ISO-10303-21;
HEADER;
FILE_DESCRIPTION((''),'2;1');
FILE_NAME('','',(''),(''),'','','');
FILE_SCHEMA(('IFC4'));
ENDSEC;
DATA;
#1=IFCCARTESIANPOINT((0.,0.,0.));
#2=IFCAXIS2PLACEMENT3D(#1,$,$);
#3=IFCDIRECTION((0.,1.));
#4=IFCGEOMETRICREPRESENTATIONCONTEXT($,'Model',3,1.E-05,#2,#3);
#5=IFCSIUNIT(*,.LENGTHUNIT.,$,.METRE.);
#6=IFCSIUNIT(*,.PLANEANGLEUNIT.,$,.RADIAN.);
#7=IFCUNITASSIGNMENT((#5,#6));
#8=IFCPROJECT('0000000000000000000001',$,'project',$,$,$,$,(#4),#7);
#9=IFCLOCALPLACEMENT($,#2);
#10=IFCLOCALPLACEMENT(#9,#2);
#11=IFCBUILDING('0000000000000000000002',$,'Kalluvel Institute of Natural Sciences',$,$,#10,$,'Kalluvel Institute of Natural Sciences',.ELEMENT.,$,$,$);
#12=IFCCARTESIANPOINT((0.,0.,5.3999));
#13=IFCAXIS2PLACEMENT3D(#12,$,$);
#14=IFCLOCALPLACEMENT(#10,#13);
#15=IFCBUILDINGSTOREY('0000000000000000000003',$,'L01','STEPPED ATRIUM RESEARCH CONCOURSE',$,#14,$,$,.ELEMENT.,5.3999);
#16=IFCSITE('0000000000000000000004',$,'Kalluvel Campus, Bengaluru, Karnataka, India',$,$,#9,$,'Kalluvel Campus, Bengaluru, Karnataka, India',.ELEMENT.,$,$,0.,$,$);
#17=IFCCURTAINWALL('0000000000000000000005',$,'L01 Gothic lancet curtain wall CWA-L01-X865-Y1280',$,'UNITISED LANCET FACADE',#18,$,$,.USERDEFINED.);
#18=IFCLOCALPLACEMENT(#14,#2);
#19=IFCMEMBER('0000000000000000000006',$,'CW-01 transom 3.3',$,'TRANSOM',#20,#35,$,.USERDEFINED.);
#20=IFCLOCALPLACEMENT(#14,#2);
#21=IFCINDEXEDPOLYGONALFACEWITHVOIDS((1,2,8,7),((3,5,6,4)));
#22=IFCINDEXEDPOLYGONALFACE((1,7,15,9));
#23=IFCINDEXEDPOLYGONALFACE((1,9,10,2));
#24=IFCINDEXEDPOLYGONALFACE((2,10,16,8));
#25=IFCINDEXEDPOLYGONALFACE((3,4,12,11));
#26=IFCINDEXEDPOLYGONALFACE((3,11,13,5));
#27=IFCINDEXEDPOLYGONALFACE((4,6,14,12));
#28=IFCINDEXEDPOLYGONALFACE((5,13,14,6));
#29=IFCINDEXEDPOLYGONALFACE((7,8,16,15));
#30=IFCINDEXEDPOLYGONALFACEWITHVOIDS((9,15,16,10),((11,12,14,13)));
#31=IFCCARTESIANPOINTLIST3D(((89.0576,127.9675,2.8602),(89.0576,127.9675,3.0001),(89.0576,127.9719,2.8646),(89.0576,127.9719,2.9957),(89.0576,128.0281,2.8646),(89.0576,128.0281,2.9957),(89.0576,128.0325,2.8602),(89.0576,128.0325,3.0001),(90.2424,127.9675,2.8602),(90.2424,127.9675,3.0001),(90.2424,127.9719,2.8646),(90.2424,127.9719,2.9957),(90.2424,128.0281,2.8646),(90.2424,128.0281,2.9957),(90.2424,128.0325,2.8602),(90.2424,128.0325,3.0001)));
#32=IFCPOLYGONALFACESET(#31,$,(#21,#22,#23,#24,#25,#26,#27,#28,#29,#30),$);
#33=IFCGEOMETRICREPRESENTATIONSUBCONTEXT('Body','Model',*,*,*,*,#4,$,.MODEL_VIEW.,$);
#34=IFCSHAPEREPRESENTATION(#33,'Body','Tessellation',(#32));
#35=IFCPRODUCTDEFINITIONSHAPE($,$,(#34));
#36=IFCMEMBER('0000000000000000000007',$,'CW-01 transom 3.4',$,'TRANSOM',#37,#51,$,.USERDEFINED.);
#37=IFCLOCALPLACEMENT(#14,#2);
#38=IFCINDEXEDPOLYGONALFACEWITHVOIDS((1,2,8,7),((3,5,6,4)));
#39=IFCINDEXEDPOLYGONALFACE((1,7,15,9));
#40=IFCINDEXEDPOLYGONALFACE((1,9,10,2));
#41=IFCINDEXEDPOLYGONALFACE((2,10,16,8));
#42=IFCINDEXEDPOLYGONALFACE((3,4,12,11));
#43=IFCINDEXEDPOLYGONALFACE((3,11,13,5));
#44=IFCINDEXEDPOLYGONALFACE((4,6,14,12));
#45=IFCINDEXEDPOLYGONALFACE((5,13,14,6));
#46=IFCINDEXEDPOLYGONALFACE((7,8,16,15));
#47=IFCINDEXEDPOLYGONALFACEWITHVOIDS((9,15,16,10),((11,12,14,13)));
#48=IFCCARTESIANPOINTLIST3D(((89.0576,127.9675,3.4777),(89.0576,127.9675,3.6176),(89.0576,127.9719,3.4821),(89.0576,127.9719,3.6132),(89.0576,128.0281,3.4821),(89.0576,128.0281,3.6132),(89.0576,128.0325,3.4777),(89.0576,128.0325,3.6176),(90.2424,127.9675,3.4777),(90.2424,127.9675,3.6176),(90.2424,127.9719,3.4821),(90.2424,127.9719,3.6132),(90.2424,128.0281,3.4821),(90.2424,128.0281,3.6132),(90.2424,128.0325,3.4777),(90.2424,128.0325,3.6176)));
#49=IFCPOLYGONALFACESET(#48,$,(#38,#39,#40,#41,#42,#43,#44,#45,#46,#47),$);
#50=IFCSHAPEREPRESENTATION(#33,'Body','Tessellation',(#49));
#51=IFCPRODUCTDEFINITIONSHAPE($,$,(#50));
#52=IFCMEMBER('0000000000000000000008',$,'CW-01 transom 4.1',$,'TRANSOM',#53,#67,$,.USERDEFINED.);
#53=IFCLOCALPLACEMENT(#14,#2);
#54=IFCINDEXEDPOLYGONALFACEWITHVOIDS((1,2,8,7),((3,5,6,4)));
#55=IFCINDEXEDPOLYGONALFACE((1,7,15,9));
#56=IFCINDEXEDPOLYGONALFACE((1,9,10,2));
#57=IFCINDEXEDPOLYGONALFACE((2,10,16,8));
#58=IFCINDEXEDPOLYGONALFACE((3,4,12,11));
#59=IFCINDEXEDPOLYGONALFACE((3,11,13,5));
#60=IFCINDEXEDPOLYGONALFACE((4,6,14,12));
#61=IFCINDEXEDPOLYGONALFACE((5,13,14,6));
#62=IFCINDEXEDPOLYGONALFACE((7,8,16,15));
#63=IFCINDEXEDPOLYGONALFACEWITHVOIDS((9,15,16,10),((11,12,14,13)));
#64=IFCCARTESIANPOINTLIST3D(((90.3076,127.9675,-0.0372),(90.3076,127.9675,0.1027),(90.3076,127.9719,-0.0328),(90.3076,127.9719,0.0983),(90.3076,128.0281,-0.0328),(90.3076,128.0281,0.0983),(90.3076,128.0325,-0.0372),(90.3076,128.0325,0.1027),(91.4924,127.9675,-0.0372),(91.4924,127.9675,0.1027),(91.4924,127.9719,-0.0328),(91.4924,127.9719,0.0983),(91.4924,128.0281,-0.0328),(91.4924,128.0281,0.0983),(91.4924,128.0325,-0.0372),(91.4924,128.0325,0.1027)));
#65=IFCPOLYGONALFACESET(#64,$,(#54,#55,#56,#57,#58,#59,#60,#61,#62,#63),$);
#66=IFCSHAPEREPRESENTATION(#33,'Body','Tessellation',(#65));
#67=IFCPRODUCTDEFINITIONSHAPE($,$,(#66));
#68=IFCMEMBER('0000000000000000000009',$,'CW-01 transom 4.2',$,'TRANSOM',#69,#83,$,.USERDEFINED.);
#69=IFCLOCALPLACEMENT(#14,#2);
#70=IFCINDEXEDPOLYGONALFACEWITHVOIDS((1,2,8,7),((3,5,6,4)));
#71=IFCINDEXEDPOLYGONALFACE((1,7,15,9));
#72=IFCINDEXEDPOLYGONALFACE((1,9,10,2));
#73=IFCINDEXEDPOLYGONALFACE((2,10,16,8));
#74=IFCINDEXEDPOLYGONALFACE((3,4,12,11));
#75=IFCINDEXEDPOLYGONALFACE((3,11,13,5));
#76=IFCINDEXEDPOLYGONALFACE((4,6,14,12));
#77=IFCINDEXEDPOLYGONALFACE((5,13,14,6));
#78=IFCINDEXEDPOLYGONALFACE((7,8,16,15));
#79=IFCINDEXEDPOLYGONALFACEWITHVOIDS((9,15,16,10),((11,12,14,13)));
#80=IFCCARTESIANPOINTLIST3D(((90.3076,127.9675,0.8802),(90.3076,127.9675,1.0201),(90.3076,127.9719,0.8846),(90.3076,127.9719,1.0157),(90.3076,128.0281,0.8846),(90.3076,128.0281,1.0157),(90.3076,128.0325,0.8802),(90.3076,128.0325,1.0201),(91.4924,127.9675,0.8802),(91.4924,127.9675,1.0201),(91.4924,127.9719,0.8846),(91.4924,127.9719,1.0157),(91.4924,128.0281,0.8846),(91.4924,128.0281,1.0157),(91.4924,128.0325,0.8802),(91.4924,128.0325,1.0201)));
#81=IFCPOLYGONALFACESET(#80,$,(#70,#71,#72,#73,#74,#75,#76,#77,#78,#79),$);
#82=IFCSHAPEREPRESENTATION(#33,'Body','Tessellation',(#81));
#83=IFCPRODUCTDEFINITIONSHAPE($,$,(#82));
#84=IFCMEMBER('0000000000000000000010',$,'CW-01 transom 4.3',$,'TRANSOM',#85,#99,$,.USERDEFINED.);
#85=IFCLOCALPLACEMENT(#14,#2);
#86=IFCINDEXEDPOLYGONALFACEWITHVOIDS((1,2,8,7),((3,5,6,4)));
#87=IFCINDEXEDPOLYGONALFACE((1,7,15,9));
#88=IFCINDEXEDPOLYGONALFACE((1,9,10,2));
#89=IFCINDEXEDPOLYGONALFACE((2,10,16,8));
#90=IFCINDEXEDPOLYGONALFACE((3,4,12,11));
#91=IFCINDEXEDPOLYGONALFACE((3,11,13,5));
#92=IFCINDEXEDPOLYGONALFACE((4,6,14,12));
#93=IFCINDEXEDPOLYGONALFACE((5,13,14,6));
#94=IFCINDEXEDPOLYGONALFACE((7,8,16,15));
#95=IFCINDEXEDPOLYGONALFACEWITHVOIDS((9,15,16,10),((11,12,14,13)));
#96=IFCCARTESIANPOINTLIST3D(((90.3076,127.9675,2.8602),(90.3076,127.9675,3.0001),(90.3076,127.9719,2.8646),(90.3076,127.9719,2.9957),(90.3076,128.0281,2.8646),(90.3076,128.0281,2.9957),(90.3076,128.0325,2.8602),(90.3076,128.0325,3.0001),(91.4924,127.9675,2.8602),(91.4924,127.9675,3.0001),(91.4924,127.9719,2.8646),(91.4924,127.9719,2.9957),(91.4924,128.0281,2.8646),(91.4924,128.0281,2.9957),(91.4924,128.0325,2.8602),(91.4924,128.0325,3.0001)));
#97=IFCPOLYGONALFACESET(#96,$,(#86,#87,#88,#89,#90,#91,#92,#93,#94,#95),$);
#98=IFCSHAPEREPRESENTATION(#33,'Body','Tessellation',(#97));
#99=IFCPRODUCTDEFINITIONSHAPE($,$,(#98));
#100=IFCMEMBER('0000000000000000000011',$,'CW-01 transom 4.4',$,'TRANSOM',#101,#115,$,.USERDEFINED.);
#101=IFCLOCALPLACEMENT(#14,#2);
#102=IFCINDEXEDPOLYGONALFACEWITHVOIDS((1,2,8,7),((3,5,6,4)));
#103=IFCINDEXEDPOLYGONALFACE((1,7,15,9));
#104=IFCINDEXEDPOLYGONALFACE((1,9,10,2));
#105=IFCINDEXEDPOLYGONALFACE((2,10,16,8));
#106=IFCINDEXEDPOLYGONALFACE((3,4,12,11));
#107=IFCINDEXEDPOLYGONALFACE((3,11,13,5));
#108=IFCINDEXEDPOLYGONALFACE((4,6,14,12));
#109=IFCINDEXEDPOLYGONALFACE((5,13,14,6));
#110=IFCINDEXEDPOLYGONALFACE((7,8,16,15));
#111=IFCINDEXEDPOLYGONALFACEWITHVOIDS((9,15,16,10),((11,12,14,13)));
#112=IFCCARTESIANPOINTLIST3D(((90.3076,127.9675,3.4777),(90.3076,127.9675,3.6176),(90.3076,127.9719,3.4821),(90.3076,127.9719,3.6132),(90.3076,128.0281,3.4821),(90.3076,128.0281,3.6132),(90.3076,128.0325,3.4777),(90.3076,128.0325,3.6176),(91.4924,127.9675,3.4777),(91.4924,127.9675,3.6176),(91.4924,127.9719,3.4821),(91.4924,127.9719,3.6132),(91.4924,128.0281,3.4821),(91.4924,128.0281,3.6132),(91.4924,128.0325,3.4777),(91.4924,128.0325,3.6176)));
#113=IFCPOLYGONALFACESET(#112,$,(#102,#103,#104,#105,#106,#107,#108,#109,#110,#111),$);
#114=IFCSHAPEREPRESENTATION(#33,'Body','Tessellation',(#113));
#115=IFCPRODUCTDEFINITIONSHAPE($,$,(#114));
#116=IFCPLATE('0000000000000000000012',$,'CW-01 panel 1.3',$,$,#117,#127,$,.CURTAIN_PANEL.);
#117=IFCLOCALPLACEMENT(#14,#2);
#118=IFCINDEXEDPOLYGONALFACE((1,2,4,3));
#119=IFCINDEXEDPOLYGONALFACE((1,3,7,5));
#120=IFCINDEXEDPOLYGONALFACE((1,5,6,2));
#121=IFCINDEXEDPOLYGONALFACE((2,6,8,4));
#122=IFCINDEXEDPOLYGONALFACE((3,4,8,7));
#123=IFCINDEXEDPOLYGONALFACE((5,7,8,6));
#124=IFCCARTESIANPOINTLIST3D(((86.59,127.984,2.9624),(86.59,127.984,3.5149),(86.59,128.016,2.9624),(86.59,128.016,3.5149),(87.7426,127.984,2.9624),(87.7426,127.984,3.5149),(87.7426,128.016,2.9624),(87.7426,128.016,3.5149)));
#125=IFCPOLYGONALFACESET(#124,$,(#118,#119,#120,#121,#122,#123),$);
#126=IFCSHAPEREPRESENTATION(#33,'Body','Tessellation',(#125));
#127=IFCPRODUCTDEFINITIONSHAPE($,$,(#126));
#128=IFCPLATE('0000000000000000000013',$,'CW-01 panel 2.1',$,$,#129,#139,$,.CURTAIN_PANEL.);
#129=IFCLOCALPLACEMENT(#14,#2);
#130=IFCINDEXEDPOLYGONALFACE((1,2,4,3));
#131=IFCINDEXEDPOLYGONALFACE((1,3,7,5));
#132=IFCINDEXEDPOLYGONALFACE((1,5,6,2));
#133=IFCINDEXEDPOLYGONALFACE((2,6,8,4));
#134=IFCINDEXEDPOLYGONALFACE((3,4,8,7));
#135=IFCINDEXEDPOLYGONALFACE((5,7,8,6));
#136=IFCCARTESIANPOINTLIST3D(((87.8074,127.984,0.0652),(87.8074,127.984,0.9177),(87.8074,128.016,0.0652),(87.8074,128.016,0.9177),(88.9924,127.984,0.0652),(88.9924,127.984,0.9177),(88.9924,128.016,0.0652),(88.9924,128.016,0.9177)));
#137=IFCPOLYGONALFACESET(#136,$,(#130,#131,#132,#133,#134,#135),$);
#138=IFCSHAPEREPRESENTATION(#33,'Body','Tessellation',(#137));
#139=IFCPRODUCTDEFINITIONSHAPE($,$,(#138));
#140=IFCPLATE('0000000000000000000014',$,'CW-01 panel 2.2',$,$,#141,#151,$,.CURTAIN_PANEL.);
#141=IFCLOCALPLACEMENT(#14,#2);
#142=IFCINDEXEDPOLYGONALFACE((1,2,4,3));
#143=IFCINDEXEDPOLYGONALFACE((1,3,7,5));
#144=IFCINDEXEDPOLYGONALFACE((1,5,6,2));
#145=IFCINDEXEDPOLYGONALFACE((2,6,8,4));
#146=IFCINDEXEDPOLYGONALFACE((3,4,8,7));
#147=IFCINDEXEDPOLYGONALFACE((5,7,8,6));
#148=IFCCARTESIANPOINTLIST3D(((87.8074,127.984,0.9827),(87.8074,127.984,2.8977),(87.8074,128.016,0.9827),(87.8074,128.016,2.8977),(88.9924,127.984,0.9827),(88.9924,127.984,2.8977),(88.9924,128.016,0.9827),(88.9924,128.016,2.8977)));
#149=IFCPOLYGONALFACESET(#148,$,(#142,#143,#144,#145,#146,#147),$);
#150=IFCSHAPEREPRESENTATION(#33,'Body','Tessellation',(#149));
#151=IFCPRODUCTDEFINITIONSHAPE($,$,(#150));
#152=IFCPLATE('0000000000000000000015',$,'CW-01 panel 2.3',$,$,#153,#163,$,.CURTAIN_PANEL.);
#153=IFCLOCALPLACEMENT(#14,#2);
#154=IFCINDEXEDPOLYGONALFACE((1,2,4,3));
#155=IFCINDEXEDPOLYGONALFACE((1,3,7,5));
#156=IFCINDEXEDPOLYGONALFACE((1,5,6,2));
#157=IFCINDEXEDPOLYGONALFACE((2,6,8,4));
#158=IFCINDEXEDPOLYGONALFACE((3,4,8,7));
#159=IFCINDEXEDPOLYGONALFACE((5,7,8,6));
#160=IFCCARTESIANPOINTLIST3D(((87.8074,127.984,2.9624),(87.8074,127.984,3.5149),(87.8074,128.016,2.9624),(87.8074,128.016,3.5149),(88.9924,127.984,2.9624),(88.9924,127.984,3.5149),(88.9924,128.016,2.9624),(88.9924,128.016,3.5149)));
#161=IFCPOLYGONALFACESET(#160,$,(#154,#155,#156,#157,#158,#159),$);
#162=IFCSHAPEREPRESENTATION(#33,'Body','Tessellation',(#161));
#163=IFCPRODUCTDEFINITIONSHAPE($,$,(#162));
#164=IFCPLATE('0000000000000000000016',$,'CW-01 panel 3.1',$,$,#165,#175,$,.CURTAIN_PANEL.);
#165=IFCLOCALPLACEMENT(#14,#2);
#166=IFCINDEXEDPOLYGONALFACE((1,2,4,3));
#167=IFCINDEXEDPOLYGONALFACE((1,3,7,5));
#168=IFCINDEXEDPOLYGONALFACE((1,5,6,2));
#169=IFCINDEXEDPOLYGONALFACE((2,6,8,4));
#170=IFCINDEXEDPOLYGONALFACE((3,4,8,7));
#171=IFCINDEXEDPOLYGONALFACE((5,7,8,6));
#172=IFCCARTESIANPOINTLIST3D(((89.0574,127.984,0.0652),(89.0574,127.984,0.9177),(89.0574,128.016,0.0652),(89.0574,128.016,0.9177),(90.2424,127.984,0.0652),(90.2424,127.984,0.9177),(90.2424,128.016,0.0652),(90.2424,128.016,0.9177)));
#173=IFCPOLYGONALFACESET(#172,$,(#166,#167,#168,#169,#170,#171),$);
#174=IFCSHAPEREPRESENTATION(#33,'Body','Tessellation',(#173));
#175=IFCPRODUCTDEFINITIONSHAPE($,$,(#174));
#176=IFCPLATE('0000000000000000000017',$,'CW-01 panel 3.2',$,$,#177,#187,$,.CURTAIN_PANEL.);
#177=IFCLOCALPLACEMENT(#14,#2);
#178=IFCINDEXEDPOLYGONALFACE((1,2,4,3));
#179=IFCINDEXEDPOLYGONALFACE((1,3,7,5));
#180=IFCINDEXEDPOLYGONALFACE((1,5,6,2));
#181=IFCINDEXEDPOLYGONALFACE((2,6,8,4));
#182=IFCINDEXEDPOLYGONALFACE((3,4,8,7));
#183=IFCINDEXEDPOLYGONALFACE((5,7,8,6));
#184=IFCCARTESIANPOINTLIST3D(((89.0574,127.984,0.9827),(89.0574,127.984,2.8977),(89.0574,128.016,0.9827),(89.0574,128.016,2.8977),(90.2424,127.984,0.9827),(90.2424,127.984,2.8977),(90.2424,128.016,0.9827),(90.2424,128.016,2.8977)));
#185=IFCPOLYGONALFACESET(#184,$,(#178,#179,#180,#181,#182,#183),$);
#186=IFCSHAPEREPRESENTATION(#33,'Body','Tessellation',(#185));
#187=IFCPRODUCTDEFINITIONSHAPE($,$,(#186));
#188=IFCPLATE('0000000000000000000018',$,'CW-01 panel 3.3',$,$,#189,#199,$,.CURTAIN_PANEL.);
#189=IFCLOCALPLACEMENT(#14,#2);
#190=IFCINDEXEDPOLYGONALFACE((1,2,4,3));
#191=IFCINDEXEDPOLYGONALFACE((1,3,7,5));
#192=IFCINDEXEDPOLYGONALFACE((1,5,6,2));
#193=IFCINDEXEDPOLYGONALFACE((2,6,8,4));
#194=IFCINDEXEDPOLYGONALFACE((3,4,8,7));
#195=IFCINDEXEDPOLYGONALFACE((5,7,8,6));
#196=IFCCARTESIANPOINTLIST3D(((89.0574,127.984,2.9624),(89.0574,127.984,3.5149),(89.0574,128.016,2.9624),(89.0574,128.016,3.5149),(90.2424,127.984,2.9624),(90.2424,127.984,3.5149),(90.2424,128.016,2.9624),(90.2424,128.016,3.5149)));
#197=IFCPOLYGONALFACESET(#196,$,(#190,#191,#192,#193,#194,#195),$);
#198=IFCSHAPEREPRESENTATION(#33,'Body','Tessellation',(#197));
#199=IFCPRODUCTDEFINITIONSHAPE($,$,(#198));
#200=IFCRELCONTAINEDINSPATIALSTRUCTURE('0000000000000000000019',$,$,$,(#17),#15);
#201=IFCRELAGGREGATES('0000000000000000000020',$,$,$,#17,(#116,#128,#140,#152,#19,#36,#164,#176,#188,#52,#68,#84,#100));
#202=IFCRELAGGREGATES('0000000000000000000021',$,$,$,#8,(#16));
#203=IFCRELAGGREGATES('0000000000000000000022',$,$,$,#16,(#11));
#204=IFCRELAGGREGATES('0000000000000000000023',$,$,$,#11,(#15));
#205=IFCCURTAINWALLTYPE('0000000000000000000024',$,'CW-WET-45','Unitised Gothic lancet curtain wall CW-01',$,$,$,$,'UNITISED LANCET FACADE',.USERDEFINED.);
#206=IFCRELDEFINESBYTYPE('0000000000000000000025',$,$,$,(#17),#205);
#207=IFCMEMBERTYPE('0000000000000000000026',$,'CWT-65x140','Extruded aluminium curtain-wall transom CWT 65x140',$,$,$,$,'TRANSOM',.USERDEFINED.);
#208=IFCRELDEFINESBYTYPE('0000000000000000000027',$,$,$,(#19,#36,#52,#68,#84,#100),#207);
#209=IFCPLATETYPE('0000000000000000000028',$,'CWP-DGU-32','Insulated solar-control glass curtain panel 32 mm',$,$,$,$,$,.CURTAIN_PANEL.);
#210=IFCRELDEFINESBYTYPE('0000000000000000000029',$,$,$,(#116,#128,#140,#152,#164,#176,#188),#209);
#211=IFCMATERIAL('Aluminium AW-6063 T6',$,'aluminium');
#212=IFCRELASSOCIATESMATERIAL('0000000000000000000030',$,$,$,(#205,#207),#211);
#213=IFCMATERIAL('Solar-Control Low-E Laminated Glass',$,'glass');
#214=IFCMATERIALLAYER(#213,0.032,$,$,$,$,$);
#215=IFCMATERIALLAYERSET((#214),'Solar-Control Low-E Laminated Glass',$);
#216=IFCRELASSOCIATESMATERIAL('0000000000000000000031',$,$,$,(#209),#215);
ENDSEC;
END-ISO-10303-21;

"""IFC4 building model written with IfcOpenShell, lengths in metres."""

from ifc_helpers import new_model, si_unit, direction, frame, origin, origin_2d, place, context, subcontext, project, spatial, rectangle, hollow_rectangle, extrude, material, layer, layer_set, material_profile, profile_set, type_object, element, aggregate, save


model = new_model("IFC4")

# Units and contexts
model_context = context("Model", 3, precision=1e-05, world=origin(), true_north=direction((0.0, 1.0)))
body_context = subcontext(model_context, "Body", "Model", "MODEL_VIEW")
ifc_project = project(units=[si_unit("LENGTHUNIT", "METRE"), si_unit("PLANEANGLEUNIT", "RADIAN")], contexts=[model_context])

# Site, building, storey
site_placement = place(None, origin())
site = spatial("IfcSite", under=ifc_project, at=site_placement, Name="Kalluvel Campus, Bengaluru, Karnataka, India", LongName="Kalluvel Campus, Bengaluru, Karnataka, India", CompositionType="ELEMENT", RefElevation=0.0)
building_placement = place(site_placement, origin())
building = spatial("IfcBuilding", under=site, at=building_placement, Name="Kalluvel Institute of Natural Sciences", LongName="Kalluvel Institute of Natural Sciences", CompositionType="ELEMENT")
storey_placement = place(building_placement, frame((0.0, 0.0, 5.3999)))
storey = spatial("IfcBuildingStorey", under=building, at=storey_placement, Name="L01", Description="STEPPED ATRIUM RESEARCH CONCOURSE", CompositionType="ELEMENT", Elevation=5.3999)

# Curtain wall, members, plates
ifc_material_1 = material(Name="Aluminium AW-6063 T6", Category="aluminium")
curtain_wall_type = type_object("IfcCurtainWallType", Name="CW-WET-45", Description="Unitised Gothic lancet curtain wall CW-01", ElementType="UNITISED LANCET FACADE", PredefinedType="USERDEFINED", material=ifc_material_1)
curtain_wall_placement = place(storey_placement, origin())
curtain_wall = element("IfcCurtainWall", 1, at=curtain_wall_placement, inside=storey, type_object=curtain_wall_type, Name="L01 Gothic lancet curtain wall CWA-L01-X865-Y1280", ObjectType="UNITISED LANCET FACADE", PredefinedType="USERDEFINED")
ifc_material_profile_1 = material_profile(ifc_material_1, hollow_rectangle(XDim=0.0649, YDim=0.1399, WallThickness=0.0044, at=origin_2d()), Name="CWT 65x140")
ifc_profile_set_1 = profile_set([ifc_material_profile_1], Name="Aluminium AW-6063 T6")
member_type_1 = type_object("IfcMemberType", Name="CWT-65x140", Description="Extruded aluminium curtain-wall transom CWT 65x140", ElementType="TRANSOM", PredefinedType="USERDEFINED", material=ifc_profile_set_1)
member_1_placement = place(storey_placement, frame((89.0576, 128.0, 2.9302), z_axis=(1.0, 0.0, 0.0), x_axis=(0.0, 1.0, 0.0)))
member_1 = element("IfcMember", 2, at=member_1_placement, type_object=member_type_1, Name="CW-01 transom 3.3", ObjectType="TRANSOM", PredefinedType="USERDEFINED", context=body_context, shape_type="SweptSolid", body=[
    extrude(hollow_rectangle(XDim=0.0649, YDim=0.1399, WallThickness=0.0044, at=origin_2d()), origin(), (0.0, 0.0, 1.0), 1.1848),
])
member_2_placement = place(storey_placement, frame((89.0576, 128.0, 3.5476), z_axis=(1.0, 0.0, 0.0), x_axis=(0.0, 1.0, 0.0)))
member_2 = element("IfcMember", 3, at=member_2_placement, type_object=member_type_1, Name="CW-01 transom 3.4", ObjectType="TRANSOM", PredefinedType="USERDEFINED", context=body_context, shape_type="SweptSolid", body=[
    extrude(hollow_rectangle(XDim=0.0649, YDim=0.1399, WallThickness=0.0044, at=origin_2d()), origin(), (0.0, 0.0, 1.0), 1.1848),
])
member_3_placement = place(storey_placement, frame((90.3076, 128.0, 0.0327), z_axis=(1.0, 0.0, 0.0), x_axis=(0.0, 1.0, 0.0)))
member_3 = element("IfcMember", 4, at=member_3_placement, type_object=member_type_1, Name="CW-01 transom 4.1", ObjectType="TRANSOM", PredefinedType="USERDEFINED", context=body_context, shape_type="SweptSolid", body=[
    extrude(hollow_rectangle(XDim=0.0649, YDim=0.1399, WallThickness=0.0044, at=origin_2d()), origin(), (0.0, 0.0, 1.0), 1.1848),
])
member_4_placement = place(storey_placement, frame((90.3076, 128.0, 0.9502), z_axis=(1.0, 0.0, 0.0), x_axis=(0.0, 1.0, 0.0)))
member_4 = element("IfcMember", 5, at=member_4_placement, type_object=member_type_1, Name="CW-01 transom 4.2", ObjectType="TRANSOM", PredefinedType="USERDEFINED", context=body_context, shape_type="SweptSolid", body=[
    extrude(hollow_rectangle(XDim=0.0649, YDim=0.1399, WallThickness=0.0044, at=origin_2d()), origin(), (0.0, 0.0, 1.0), 1.1848),
])
member_5_placement = place(storey_placement, frame((90.3076, 128.0, 2.9302), z_axis=(1.0, 0.0, 0.0), x_axis=(0.0, 1.0, 0.0)))
member_5 = element("IfcMember", 6, at=member_5_placement, type_object=member_type_1, Name="CW-01 transom 4.3", ObjectType="TRANSOM", PredefinedType="USERDEFINED", context=body_context, shape_type="SweptSolid", body=[
    extrude(hollow_rectangle(XDim=0.0649, YDim=0.1399, WallThickness=0.0044, at=origin_2d()), origin(), (0.0, 0.0, 1.0), 1.1848),
])
member_6_placement = place(storey_placement, frame((90.3076, 128.0, 3.5476), z_axis=(1.0, 0.0, 0.0), x_axis=(0.0, 1.0, 0.0)))
member_6 = element("IfcMember", 7, at=member_6_placement, type_object=member_type_1, Name="CW-01 transom 4.4", ObjectType="TRANSOM", PredefinedType="USERDEFINED", context=body_context, shape_type="SweptSolid", body=[
    extrude(hollow_rectangle(XDim=0.0649, YDim=0.1399, WallThickness=0.0044, at=origin_2d()), origin(), (0.0, 0.0, 1.0), 1.1848),
])
ifc_material_2 = material(Name="Solar-Control Low-E Laminated Glass", Category="glass")
ifc_layer = layer(ifc_material_2, 0.032)
ifc_layer_set = layer_set([ifc_layer], Name="Solar-Control Low-E Laminated Glass")
plate_type = type_object("IfcPlateType", Name="CWP-DGU-32", Description="Insulated solar-control glass curtain panel 32 mm", PredefinedType="CURTAIN_PANEL", material=ifc_layer_set)
plate_1_placement = place(storey_placement, frame((87.1663, 128.0, 2.9624), z_axis=(0.0, 0.0, 1.0), x_axis=(1.0, 0.0, 0.0)))
plate_1 = element("IfcPlate", 8, at=plate_1_placement, type_object=plate_type, Name="CW-01 panel 1.3", PredefinedType="CURTAIN_PANEL", context=body_context, shape_type="SweptSolid", body=[
    extrude(rectangle(XDim=1.1526, YDim=0.032, at=origin_2d()), origin(), (0.0, 0.0, 1.0), 0.5525),
])
plate_2_placement = place(storey_placement, frame((88.3999, 128.0, 0.0652), z_axis=(0.0, 0.0, 1.0), x_axis=(1.0, 0.0, 0.0)))
plate_2 = element("IfcPlate", 9, at=plate_2_placement, type_object=plate_type, Name="CW-01 panel 2.1", PredefinedType="CURTAIN_PANEL", context=body_context, shape_type="SweptSolid", body=[
    extrude(rectangle(XDim=1.1851, YDim=0.032, at=origin_2d()), origin(), (0.0, 0.0, 1.0), 0.8525),
])
plate_3_placement = place(storey_placement, frame((88.3999, 128.0, 0.9827), z_axis=(0.0, 0.0, 1.0), x_axis=(1.0, 0.0, 0.0)))
plate_3 = element("IfcPlate", 10, at=plate_3_placement, type_object=plate_type, Name="CW-01 panel 2.2", PredefinedType="CURTAIN_PANEL", context=body_context, shape_type="SweptSolid", body=[
    extrude(rectangle(XDim=1.1851, YDim=0.032, at=origin_2d()), origin(), (0.0, 0.0, 1.0), 1.915),
])
plate_4_placement = place(storey_placement, frame((88.3999, 128.0, 2.9624), z_axis=(0.0, 0.0, 1.0), x_axis=(1.0, 0.0, 0.0)))
plate_4 = element("IfcPlate", 11, at=plate_4_placement, type_object=plate_type, Name="CW-01 panel 2.3", PredefinedType="CURTAIN_PANEL", context=body_context, shape_type="SweptSolid", body=[
    extrude(rectangle(XDim=1.1851, YDim=0.032, at=origin_2d()), origin(), (0.0, 0.0, 1.0), 0.5525),
])
plate_5_placement = place(storey_placement, frame((89.6499, 128.0, 0.0652), z_axis=(0.0, 0.0, 1.0), x_axis=(1.0, 0.0, 0.0)))
plate_5 = element("IfcPlate", 12, at=plate_5_placement, type_object=plate_type, Name="CW-01 panel 3.1", PredefinedType="CURTAIN_PANEL", context=body_context, shape_type="SweptSolid", body=[
    extrude(rectangle(XDim=1.1851, YDim=0.032, at=origin_2d()), origin(), (0.0, 0.0, 1.0), 0.8525),
])
plate_6_placement = place(storey_placement, frame((89.6499, 128.0, 0.9827), z_axis=(0.0, 0.0, 1.0), x_axis=(1.0, 0.0, 0.0)))
plate_6 = element("IfcPlate", 13, at=plate_6_placement, type_object=plate_type, Name="CW-01 panel 3.2", PredefinedType="CURTAIN_PANEL", context=body_context, shape_type="SweptSolid", body=[
    extrude(rectangle(XDim=1.1851, YDim=0.032, at=origin_2d()), origin(), (0.0, 0.0, 1.0), 1.915),
])
plate_7_placement = place(storey_placement, frame((89.6499, 128.0, 2.9624), z_axis=(0.0, 0.0, 1.0), x_axis=(1.0, 0.0, 0.0)))
plate_7 = element("IfcPlate", 14, at=plate_7_placement, type_object=plate_type, Name="CW-01 panel 3.3", PredefinedType="CURTAIN_PANEL", context=body_context, shape_type="SweptSolid", body=[
    extrude(rectangle(XDim=1.1851, YDim=0.032, at=origin_2d()), origin(), (0.0, 0.0, 1.0), 0.5525),
])
aggregate(curtain_wall, [plate_1, plate_2, plate_3, plate_4, member_1, member_2, plate_5, plate_6, plate_7, member_3, member_4, member_5, member_6])

save(model, "model.ifc")
